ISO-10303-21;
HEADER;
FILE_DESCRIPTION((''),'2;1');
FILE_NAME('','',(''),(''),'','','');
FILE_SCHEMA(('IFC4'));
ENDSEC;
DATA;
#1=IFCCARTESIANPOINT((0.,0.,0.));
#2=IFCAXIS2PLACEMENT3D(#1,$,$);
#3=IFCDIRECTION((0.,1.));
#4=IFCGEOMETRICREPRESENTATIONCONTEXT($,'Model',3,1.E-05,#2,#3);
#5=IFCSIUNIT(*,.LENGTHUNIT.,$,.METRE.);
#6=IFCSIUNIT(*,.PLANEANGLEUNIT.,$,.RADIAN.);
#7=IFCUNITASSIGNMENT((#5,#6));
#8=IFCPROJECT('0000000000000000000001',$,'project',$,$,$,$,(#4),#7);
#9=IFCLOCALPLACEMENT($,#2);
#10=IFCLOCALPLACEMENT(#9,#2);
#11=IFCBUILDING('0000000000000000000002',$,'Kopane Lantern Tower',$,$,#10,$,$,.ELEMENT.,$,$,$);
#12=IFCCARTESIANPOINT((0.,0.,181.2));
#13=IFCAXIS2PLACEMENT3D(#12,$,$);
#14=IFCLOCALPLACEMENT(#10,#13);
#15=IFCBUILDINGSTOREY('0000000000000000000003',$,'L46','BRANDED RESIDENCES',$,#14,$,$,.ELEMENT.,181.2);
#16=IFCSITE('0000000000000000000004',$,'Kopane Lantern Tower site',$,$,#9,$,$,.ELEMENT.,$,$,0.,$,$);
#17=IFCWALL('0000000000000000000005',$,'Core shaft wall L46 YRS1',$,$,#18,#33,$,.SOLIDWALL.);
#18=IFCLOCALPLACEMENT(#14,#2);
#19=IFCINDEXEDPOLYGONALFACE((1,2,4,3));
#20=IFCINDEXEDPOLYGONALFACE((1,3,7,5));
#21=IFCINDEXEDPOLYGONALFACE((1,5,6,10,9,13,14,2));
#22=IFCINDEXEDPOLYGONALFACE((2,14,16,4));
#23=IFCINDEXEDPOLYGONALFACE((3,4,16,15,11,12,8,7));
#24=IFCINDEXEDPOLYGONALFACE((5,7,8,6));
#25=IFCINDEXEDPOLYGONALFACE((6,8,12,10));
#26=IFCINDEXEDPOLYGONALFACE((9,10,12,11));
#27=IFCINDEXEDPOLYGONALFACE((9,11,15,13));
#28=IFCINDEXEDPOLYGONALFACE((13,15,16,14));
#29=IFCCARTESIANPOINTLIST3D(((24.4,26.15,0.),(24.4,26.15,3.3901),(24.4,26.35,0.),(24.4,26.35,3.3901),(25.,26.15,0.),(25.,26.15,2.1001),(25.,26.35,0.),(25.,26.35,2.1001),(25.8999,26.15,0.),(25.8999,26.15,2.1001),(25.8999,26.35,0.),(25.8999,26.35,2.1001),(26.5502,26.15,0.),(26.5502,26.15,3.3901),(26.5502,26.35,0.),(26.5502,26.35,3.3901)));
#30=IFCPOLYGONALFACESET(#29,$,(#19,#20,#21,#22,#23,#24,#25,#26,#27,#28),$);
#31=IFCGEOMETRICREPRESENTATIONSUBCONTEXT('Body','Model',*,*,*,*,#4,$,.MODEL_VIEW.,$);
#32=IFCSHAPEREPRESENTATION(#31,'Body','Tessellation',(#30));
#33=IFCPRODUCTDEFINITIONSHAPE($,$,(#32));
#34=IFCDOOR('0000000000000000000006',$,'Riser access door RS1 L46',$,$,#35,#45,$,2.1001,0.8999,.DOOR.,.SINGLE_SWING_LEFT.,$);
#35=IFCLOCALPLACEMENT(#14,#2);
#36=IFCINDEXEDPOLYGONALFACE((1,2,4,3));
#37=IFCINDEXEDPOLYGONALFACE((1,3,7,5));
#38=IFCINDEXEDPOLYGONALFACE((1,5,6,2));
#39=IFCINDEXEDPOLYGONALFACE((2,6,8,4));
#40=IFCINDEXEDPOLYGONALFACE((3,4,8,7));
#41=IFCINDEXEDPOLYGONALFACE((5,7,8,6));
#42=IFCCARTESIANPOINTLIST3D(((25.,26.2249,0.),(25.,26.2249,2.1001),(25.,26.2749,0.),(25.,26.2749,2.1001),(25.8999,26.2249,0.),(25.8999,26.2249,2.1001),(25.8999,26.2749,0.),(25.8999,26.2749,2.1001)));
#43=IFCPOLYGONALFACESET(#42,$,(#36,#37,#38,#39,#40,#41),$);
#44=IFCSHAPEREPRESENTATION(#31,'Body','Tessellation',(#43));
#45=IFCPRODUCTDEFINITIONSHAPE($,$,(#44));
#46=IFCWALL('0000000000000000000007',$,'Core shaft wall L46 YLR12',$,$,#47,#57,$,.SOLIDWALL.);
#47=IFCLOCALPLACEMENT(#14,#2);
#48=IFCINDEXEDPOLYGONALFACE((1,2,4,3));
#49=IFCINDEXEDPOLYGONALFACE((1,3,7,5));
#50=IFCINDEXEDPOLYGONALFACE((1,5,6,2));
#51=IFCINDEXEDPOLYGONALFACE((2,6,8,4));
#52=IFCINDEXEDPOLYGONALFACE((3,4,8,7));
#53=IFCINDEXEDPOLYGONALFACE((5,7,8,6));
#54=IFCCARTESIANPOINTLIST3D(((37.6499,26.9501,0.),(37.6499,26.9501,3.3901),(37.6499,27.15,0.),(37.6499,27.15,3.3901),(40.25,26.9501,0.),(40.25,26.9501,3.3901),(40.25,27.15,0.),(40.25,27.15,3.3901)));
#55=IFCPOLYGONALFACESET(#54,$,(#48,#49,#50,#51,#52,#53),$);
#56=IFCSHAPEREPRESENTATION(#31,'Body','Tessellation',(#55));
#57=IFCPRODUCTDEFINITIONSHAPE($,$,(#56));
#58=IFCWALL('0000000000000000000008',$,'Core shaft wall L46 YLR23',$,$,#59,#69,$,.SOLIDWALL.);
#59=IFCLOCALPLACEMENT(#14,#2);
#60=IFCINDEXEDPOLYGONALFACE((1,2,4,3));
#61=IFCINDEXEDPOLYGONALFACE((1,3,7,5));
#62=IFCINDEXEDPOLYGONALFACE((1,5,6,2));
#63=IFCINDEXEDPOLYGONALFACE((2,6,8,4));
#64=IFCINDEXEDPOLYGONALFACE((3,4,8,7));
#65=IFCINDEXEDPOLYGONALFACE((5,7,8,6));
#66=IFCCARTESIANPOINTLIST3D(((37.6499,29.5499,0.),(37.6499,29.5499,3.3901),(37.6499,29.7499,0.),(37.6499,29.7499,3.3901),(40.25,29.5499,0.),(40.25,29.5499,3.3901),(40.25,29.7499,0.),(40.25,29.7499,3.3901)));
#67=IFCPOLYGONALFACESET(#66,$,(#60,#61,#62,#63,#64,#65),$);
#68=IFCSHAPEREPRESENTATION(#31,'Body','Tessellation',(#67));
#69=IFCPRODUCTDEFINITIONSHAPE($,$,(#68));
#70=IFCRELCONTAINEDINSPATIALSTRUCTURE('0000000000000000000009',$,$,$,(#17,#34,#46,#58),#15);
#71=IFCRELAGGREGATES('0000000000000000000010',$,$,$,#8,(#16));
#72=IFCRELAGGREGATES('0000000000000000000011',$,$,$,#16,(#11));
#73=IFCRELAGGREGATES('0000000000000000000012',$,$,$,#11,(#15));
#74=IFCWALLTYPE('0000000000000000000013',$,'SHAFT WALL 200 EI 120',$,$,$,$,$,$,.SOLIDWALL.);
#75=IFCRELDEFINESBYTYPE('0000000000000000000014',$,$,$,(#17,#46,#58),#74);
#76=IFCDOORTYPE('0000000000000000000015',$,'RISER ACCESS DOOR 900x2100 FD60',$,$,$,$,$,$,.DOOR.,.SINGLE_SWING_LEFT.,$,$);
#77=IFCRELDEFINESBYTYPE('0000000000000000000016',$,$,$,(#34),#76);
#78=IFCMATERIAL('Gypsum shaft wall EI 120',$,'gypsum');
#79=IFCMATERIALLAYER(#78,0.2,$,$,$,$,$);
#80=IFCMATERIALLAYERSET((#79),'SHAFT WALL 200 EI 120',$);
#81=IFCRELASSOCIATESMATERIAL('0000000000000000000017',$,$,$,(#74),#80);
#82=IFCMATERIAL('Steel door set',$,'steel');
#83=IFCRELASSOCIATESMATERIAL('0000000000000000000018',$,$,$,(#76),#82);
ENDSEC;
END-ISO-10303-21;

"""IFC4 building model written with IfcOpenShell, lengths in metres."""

from ifc_helpers import new_model, si_unit, direction, frame, frame_2d, origin, place, context, subcontext, project, spatial, rectangle, extrude, material, layer, layer_set, type_object, element, fill, save


model = new_model("IFC4")

# Units and contexts
model_context = context("Model", 3, precision=1e-05, world=origin(), true_north=direction((0.0, 1.0)))
body_context = subcontext(model_context, "Body", "Model", "MODEL_VIEW")
ifc_project = project(units=[si_unit("LENGTHUNIT", "METRE"), si_unit("PLANEANGLEUNIT", "RADIAN")], contexts=[model_context])

# Site, building, storey
site_placement = place(None, origin())
site = spatial("IfcSite", under=ifc_project, at=site_placement, Name="Kopane Lantern Tower site", CompositionType="ELEMENT", RefElevation=0.0)
building_placement = place(site_placement, origin())
building = spatial("IfcBuilding", under=site, at=building_placement, Name="Kopane Lantern Tower", CompositionType="ELEMENT")
storey_placement = place(building_placement, frame((0.0, 0.0, 181.2)))
storey = spatial("IfcBuildingStorey", under=building, at=storey_placement, Name="L46", Description="BRANDED RESIDENCES", CompositionType="ELEMENT", Elevation=181.2)

# Shared definitions
ifc_material_1 = material(Name="Gypsum shaft wall EI 120", Category="gypsum")
ifc_layer_1 = layer(ifc_material_1, 0.2)
ifc_layer_set_1 = layer_set([ifc_layer_1], Name="SHAFT WALL 200 EI 120")
wall_type_1 = type_object("IfcWallType", Name="SHAFT WALL 200 EI 120", PredefinedType="SOLIDWALL", material=ifc_layer_set_1)

# Wall, opening, door
wall_1_placement = place(storey_placement, frame((24.3999, 26.25, 0.0), z_axis=(0.0, 0.0, 1.0), x_axis=(1.0, 0.0, 0.0)))
wall_1 = element("IfcWall", 1, at=wall_1_placement, inside=storey, type_object=wall_type_1, Name="Core shaft wall L46 YRS1", PredefinedType="SOLIDWALL", context=body_context, shape_type="SweptSolid", body=[
    extrude(rectangle(XDim=2.1501, YDim=0.2, at=frame_2d((1.0752, 0.0))), origin(), (0.0, 0.0, 1.0), 3.3901),
])
opening_1_placement = place(wall_1_placement, frame((0.6001, 0.0, 0.0)))
opening_1 = element("IfcOpeningElement", 2, at=opening_1_placement, cuts=wall_1, PredefinedType="OPENING", context=body_context, shape_type="SweptSolid", body=[
    extrude(rectangle(XDim=0.8999, YDim=2.1001, at=frame_2d((0.45, 1.05))), frame((0.0, 0.1099, 0.0), z_axis=(0.0, -1.0, 0.0), x_axis=(1.0, 0.0, 0.0)), (0.0, 0.0, 1.0), 0.22),
])
ifc_material_2 = material(Name="Steel door set", Category="steel")
door_type_1 = type_object("IfcDoorType", Name="RISER ACCESS DOOR 900x2100 FD60", OperationType="SINGLE_SWING_LEFT", PredefinedType="DOOR", material=ifc_material_2)
door_1_placement = place(opening_1_placement, origin())
door_1 = element("IfcDoor", 3, at=door_1_placement, inside=storey, type_object=door_type_1, Name="Riser access door RS1 L46", OperationType="SINGLE_SWING_LEFT", OverallHeight=2.1001, OverallWidth=0.8999, PredefinedType="DOOR", context=body_context, shape_type="SweptSolid", body=[
    extrude(rectangle(XDim=0.8999, YDim=2.1001, at=frame_2d((0.45, 1.05))), frame((0.0, 0.0249, 0.0), z_axis=(0.0, -1.0, 0.0), x_axis=(1.0, 0.0, 0.0)), (0.0, 0.0, 1.0), 0.05),
])
fill(opening_1, door_1)

# Walls
for number, where, z_axis, x_axis, name in (
    (4, (37.6499, 27.05, 0.0), (0.0, 0.0, 1.0), (1.0, 0.0, 0.0), "Core shaft wall L46 YLR12"),
    (5, (37.6499, 29.6499, 0.0), (0.0, 0.0, 1.0), (1.0, 0.0, 0.0), "Core shaft wall L46 YLR23"),
):
    element("IfcWall", number, at=place(storey_placement, frame(where, z_axis=z_axis, x_axis=x_axis)), inside=storey, type_object=wall_type_1, Name=name, PredefinedType="SOLIDWALL", context=body_context, shape_type="SweptSolid", body=[
        extrude(rectangle(XDim=2.6001, YDim=0.2, at=frame_2d((1.3, 0.0))), origin(), (0.0, 0.0, 1.0), 3.3901),
    ])

save(model, "model.ifc")
